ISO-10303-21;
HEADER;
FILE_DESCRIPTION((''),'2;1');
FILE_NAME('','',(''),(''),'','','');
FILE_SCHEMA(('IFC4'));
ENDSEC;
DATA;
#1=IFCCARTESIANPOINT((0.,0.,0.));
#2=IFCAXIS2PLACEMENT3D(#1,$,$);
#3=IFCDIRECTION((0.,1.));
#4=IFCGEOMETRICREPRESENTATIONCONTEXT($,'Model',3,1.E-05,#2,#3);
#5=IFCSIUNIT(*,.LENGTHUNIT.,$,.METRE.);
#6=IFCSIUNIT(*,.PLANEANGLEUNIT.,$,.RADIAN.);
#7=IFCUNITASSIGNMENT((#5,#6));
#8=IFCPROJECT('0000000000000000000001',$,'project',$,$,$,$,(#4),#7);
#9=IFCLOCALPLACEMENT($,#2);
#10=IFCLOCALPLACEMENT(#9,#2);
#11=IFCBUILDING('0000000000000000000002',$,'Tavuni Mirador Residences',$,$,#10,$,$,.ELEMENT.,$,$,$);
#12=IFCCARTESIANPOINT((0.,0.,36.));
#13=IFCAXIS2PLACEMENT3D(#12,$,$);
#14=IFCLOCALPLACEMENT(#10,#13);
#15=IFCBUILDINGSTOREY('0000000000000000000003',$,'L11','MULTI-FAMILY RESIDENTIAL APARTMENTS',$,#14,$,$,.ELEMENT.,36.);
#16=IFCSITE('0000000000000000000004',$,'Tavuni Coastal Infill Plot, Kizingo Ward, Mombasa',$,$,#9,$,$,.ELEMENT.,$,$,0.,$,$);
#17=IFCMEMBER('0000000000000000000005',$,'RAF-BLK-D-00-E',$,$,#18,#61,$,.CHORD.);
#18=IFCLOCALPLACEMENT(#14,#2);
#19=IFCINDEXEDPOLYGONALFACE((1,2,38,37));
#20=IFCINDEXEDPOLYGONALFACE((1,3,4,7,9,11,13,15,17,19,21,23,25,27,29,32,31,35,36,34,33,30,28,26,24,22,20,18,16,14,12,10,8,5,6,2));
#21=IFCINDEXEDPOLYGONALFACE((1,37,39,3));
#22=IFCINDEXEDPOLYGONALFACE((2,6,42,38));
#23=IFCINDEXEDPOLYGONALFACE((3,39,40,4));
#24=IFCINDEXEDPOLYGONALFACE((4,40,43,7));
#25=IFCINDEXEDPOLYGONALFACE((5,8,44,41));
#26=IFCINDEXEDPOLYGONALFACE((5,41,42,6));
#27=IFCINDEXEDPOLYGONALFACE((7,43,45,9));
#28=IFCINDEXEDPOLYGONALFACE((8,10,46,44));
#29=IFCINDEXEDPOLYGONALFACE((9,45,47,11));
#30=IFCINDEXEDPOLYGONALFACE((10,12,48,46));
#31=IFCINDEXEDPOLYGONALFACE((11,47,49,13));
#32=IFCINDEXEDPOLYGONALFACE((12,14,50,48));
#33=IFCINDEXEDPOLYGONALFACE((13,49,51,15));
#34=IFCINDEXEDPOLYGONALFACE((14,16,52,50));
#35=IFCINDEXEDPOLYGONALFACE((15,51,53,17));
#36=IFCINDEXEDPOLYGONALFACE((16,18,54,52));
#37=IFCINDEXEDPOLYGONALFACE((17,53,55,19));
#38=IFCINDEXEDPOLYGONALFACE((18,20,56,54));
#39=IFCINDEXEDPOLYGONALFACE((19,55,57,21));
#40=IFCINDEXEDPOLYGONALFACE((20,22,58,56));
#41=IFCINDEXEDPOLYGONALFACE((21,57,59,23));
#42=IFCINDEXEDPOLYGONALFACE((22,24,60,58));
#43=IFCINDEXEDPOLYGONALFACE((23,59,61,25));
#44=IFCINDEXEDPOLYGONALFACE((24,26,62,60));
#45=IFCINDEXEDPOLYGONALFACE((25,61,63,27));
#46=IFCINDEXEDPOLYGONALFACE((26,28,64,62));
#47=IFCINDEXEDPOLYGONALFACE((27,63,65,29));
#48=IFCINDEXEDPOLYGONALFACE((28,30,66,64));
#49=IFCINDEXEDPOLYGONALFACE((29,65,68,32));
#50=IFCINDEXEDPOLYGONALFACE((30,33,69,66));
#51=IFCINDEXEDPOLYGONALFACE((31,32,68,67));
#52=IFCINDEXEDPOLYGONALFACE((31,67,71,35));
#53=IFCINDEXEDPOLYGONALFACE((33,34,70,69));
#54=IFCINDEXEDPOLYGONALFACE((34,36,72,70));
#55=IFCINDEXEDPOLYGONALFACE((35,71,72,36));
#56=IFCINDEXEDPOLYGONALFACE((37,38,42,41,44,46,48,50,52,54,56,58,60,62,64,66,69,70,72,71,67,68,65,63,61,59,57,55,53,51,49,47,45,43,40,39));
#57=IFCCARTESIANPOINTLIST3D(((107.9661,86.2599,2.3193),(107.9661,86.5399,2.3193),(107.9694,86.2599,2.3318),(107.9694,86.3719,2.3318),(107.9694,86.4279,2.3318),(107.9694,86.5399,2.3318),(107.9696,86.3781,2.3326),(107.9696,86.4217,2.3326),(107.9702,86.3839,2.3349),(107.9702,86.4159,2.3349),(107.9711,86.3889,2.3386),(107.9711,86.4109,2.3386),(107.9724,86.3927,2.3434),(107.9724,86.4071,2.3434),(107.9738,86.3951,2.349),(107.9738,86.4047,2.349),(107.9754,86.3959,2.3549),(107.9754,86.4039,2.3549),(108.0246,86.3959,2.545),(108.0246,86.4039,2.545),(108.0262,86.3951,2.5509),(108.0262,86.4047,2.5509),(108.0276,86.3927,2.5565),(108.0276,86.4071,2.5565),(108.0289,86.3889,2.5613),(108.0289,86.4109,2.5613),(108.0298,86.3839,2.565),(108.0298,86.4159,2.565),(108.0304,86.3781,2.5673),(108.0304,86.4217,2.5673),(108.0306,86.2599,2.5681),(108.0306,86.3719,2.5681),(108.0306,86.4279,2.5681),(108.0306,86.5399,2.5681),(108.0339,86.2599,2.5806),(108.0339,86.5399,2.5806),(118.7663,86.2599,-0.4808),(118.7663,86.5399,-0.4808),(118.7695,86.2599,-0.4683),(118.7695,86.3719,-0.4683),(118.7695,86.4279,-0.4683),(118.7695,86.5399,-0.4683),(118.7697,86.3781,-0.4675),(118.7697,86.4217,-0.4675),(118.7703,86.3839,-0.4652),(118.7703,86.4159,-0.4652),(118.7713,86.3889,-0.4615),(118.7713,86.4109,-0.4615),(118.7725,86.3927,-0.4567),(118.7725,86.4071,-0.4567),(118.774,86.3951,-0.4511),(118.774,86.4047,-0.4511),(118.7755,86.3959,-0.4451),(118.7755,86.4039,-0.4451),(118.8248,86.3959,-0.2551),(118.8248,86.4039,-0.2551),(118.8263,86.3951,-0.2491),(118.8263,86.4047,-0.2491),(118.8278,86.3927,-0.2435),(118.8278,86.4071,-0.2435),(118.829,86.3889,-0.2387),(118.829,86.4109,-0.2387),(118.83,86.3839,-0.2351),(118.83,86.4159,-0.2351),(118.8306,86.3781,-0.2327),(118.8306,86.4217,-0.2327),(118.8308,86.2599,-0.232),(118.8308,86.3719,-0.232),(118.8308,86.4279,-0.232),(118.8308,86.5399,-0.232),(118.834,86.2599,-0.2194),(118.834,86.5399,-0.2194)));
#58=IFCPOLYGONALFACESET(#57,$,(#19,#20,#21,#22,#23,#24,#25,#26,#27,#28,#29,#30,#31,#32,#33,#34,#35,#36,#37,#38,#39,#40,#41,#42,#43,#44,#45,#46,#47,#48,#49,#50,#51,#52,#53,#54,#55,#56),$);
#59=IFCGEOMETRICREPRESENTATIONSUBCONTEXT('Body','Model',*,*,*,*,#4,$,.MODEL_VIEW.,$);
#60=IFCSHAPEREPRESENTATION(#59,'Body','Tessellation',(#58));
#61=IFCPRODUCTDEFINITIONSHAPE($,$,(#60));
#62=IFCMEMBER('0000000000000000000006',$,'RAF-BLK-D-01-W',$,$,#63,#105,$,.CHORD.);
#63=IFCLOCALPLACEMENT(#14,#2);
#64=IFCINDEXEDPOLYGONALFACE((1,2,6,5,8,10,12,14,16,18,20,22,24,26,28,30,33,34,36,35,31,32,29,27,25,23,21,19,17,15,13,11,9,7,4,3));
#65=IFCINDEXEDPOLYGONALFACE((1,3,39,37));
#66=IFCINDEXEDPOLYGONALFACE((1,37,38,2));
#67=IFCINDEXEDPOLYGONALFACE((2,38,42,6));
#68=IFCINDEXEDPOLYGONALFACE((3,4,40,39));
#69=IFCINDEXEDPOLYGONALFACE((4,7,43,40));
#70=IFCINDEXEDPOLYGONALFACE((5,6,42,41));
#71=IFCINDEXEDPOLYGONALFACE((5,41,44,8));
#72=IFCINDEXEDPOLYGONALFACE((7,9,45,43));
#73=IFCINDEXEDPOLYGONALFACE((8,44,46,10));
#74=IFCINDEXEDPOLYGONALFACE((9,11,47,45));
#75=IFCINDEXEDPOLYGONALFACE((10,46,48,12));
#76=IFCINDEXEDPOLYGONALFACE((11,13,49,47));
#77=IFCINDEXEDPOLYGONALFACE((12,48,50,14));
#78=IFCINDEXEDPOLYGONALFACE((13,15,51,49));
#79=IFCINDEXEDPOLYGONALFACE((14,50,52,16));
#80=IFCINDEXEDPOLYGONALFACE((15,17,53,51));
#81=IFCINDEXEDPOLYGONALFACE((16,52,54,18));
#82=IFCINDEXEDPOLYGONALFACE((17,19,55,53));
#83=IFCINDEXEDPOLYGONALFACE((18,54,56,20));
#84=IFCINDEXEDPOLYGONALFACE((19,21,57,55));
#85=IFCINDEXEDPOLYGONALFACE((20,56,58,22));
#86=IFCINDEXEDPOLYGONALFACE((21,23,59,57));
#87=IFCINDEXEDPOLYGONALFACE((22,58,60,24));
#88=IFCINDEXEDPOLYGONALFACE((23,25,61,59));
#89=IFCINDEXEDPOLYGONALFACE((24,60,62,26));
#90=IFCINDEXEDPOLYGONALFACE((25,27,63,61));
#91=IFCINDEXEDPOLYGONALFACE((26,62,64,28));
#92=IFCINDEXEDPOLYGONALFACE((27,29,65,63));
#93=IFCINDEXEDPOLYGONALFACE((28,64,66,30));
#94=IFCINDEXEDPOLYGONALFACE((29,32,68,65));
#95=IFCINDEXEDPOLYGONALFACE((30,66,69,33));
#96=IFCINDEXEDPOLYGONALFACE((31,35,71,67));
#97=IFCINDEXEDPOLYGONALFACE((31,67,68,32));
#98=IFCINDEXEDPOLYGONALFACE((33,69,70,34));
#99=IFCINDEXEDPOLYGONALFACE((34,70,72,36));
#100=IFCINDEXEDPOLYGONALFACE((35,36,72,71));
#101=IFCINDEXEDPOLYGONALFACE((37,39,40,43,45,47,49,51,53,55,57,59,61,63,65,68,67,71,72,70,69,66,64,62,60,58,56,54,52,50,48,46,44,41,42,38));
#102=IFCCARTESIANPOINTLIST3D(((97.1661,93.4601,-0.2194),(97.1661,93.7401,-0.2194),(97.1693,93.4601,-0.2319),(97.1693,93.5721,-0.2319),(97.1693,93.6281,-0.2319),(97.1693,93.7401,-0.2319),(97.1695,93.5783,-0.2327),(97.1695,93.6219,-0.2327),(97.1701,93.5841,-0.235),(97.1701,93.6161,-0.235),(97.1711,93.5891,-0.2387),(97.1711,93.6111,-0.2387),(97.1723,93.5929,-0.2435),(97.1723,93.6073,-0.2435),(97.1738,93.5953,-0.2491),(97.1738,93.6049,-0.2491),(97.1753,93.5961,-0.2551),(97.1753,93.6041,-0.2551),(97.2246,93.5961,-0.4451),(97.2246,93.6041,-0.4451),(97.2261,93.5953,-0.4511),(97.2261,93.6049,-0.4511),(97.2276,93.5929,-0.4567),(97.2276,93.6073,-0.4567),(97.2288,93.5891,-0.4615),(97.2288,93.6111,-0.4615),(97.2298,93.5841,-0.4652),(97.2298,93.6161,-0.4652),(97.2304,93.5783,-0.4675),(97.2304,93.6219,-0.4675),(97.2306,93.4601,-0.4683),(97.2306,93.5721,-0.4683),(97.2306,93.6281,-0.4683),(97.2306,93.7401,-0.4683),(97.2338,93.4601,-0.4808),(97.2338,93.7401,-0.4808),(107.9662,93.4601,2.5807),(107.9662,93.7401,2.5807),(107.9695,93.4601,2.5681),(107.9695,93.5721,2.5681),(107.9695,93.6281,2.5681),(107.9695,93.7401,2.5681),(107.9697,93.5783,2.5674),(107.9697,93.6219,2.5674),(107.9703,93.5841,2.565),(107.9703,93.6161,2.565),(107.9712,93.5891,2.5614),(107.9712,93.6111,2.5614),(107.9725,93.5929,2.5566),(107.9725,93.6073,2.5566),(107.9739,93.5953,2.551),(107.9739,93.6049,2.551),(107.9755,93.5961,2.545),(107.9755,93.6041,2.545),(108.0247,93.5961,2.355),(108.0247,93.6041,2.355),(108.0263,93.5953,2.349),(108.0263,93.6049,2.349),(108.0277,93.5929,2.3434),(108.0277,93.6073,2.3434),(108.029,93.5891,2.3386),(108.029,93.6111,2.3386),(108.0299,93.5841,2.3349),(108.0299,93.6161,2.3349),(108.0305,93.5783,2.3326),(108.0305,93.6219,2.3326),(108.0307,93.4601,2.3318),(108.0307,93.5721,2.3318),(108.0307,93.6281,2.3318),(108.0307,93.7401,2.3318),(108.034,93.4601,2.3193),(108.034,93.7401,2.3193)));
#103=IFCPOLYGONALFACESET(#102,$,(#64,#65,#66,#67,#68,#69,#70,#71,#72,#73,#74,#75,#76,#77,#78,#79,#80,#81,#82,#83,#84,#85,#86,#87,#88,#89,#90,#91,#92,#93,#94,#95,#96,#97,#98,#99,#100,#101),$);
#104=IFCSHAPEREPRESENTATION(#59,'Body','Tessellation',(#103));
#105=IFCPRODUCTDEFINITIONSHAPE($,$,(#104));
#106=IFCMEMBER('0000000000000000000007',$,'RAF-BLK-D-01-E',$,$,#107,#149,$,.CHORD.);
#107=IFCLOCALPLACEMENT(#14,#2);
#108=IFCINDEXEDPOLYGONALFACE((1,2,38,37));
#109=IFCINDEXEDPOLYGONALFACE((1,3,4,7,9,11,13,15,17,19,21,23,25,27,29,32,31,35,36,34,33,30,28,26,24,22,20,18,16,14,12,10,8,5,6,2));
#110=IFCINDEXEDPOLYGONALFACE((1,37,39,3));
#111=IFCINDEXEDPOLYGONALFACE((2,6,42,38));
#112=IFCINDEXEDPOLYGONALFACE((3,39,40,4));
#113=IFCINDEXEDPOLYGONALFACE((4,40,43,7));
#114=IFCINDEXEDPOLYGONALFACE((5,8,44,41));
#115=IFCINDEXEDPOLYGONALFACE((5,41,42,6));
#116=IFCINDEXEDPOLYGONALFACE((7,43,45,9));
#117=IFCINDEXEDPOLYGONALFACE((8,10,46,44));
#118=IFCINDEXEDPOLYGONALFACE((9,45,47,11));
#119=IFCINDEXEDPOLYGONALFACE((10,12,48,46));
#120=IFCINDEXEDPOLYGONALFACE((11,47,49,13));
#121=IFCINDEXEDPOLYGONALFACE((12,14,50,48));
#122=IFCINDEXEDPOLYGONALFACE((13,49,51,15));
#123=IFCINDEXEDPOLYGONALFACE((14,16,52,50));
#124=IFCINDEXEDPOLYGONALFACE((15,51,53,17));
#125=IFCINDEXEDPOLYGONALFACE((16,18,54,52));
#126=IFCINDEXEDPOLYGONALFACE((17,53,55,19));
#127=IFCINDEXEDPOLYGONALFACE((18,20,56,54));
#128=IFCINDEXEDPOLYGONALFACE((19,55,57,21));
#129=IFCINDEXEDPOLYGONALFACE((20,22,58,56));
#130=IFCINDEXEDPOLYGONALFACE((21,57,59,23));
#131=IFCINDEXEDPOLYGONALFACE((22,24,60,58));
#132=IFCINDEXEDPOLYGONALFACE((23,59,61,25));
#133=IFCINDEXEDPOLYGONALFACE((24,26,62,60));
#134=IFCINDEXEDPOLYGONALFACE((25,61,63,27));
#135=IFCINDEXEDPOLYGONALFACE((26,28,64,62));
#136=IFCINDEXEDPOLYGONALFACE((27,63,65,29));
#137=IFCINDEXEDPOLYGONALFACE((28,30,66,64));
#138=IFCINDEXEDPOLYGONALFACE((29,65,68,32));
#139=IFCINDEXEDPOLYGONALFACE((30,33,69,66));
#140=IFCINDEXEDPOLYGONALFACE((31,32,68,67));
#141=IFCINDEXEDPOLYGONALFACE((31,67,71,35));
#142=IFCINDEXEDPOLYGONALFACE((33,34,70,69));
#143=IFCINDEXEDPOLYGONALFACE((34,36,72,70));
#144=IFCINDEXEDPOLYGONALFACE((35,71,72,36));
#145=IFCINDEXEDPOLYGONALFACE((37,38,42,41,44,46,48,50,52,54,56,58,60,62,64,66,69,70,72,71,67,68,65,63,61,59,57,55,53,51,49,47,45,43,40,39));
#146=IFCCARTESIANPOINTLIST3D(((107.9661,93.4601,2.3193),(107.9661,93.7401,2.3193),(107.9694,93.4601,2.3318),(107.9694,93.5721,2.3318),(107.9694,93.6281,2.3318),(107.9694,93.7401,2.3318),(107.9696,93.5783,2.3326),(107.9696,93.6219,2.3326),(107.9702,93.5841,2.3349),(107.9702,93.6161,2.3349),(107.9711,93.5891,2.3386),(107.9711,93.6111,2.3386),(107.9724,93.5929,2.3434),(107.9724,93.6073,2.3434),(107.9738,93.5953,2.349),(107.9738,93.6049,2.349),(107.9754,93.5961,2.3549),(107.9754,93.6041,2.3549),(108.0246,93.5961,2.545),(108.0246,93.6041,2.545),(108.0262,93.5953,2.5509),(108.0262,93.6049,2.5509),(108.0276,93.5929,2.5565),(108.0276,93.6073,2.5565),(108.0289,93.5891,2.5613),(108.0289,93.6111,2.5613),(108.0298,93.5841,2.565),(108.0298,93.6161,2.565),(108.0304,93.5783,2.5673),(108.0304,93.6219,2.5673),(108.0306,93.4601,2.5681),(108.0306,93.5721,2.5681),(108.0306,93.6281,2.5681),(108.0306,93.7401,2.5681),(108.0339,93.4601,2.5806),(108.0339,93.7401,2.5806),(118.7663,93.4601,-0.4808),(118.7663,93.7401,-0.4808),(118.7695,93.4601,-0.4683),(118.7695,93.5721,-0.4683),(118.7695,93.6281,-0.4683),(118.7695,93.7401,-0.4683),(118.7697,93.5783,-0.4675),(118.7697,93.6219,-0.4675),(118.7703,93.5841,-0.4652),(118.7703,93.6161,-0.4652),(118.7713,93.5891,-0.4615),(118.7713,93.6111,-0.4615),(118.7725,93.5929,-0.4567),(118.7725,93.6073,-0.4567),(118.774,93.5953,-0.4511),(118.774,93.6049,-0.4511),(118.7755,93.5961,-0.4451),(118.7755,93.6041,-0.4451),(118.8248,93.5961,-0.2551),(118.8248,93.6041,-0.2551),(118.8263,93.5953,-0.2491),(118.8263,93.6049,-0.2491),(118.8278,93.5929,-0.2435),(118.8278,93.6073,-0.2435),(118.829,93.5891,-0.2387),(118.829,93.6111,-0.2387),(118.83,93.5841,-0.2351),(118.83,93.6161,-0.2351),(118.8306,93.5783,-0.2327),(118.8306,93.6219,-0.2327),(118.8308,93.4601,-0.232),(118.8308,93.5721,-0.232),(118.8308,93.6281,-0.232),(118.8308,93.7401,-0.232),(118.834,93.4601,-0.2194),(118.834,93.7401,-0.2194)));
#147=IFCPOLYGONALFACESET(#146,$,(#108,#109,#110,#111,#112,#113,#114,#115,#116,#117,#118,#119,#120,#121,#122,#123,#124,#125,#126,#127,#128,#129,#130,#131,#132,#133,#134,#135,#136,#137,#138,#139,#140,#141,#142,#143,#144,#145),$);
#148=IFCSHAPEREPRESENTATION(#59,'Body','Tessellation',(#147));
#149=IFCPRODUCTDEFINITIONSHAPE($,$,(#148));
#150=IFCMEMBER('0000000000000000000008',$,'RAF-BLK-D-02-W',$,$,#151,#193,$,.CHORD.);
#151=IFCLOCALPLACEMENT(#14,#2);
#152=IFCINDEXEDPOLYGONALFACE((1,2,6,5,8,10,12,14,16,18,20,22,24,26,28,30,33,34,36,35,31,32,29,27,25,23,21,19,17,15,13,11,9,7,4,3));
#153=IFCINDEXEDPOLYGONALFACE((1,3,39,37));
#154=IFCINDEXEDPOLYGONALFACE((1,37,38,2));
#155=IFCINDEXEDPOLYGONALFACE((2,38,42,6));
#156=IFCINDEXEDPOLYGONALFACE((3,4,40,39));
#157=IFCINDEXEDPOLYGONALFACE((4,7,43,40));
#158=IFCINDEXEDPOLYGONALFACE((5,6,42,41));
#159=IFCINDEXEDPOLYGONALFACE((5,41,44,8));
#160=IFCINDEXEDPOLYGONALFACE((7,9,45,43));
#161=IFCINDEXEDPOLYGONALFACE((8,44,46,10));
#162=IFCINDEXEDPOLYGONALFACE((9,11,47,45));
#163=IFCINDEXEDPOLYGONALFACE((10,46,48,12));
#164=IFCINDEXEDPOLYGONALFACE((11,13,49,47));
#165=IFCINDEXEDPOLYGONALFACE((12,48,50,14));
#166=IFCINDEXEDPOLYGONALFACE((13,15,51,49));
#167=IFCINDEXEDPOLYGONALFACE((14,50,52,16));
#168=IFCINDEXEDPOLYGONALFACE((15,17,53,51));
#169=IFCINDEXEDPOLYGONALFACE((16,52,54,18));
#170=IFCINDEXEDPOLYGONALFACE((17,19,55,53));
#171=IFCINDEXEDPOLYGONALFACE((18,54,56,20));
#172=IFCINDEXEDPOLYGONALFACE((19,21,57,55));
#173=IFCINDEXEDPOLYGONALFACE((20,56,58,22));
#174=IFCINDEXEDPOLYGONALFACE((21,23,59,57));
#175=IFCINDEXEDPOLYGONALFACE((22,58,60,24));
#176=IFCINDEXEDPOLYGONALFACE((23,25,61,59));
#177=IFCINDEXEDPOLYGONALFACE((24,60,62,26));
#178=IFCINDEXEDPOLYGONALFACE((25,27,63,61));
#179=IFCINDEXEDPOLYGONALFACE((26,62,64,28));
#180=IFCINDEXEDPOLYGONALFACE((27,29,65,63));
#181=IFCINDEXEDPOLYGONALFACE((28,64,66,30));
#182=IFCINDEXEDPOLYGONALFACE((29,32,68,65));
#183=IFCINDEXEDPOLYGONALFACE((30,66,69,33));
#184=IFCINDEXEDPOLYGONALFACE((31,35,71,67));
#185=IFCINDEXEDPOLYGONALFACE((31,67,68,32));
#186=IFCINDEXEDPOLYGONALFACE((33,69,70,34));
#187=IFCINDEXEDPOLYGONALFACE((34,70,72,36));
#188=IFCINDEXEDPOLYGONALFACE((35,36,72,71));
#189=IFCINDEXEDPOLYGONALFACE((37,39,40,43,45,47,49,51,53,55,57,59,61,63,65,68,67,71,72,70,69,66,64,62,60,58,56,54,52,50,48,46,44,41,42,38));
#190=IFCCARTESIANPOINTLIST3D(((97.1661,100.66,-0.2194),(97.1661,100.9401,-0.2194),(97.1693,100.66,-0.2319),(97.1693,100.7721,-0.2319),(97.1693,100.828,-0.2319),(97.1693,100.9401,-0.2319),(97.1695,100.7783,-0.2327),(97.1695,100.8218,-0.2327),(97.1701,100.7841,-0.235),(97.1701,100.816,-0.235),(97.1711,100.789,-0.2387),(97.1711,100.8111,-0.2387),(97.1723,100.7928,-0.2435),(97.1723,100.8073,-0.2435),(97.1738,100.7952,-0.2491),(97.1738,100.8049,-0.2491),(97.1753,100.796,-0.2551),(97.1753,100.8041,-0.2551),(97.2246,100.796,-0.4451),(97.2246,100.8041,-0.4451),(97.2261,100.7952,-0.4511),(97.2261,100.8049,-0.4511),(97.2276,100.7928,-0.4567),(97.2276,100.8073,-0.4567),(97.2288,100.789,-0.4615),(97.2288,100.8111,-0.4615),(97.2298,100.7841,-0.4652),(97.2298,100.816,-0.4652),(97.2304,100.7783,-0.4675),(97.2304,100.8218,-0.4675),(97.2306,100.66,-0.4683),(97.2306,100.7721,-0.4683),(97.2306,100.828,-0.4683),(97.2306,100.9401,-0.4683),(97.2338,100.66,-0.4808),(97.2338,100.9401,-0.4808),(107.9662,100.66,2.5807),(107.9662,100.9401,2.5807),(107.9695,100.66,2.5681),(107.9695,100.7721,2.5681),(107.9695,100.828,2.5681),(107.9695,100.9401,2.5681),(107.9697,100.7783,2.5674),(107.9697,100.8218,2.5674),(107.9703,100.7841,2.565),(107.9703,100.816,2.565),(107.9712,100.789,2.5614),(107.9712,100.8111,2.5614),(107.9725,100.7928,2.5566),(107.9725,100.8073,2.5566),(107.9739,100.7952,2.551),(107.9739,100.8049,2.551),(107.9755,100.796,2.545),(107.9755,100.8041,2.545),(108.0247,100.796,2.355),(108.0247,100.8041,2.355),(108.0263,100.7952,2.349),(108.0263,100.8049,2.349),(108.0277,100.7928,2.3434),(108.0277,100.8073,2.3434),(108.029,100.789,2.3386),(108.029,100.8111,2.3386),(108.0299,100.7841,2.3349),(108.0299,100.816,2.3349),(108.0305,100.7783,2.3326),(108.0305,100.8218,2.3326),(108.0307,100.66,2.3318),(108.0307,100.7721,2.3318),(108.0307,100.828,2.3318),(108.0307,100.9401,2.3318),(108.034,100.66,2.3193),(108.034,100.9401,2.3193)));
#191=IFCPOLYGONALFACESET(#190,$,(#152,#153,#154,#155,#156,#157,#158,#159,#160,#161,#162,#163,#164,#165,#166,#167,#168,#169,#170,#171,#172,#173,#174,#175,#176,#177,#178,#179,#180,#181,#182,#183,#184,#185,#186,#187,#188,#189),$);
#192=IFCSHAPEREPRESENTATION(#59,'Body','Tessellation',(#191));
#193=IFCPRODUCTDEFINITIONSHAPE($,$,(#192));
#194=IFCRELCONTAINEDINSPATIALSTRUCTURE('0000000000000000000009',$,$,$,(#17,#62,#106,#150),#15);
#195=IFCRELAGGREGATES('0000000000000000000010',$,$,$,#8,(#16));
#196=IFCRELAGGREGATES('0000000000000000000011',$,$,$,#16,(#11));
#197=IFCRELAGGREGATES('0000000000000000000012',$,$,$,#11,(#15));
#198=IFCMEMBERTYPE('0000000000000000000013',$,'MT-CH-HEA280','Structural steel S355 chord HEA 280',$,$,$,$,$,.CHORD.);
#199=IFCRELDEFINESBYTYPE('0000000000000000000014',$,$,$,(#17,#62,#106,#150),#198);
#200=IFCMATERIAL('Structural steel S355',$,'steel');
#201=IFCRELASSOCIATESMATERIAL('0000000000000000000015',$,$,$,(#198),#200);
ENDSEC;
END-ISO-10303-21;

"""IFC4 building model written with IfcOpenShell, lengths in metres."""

from ifc_helpers import new_model, si_unit, direction, frame, origin, origin_2d, place, context, subcontext, project, spatial, i_section, extrude, material, material_profile, profile_set, type_object, element, save


model = new_model("IFC4")

# Units and contexts
model_context = context("Model", 3, precision=1e-05, world=origin(), true_north=direction((0.0, 1.0)))
body_context = subcontext(model_context, "Body", "Model", "MODEL_VIEW")
ifc_project = project(units=[si_unit("LENGTHUNIT", "METRE"), si_unit("PLANEANGLEUNIT", "RADIAN")], contexts=[model_context])

# Site, building, storey
site_placement = place(None, origin())
site = spatial("IfcSite", under=ifc_project, at=site_placement, Name="Tavuni Coastal Infill Plot, Kizingo Ward, Mombasa", CompositionType="ELEMENT", RefElevation=0.0)
building_placement = place(site_placement, origin())
building = spatial("IfcBuilding", under=site, at=building_placement, Name="Tavuni Mirador Residences", CompositionType="ELEMENT")
storey_placement = place(building_placement, frame((0.0, 0.0, 36.0)))
storey = spatial("IfcBuildingStorey", under=building, at=storey_placement, Name="L11", Description="MULTI-FAMILY RESIDENTIAL APARTMENTS", CompositionType="ELEMENT", Elevation=36.0)

# Members
ifc_material_1 = material(Name="Structural steel S355", Category="steel")
ifc_material_profile_1 = material_profile(ifc_material_1, i_section(OverallWidth=0.28, OverallDepth=0.27, WebThickness=0.0081, FlangeThickness=0.0129, FilletRadius=0.0239, at=origin_2d()), Name="HEA 280", Category="steel")
ifc_profile_set_1 = profile_set([ifc_material_profile_1], Name="Structural steel S355")
member_type_1 = type_object("IfcMemberType", Name="MT-CH-HEA280", Description="Structural steel S355 chord HEA 280", PredefinedType="CHORD", material=ifc_profile_set_1)
for number, where, z_axis, x_axis, name in (
    (1, (108.0, 86.3999, 2.45), (0.967996, 0.0, -0.250965), (0.0, 1.0, 0.0), "RAF-BLK-D-00-E"),
    (2, (97.2, 93.6001, -0.3501), (0.967996, 0.0, 0.250965), (0.0, 1.0, 0.0), "RAF-BLK-D-01-W"),
    (3, (108.0, 93.6001, 2.45), (0.967996, 0.0, -0.250965), (0.0, 1.0, 0.0), "RAF-BLK-D-01-E"),
    (4, (97.2, 100.8, -0.3501), (0.967996, 0.0, 0.250965), (0.0, 1.0, 0.0), "RAF-BLK-D-02-W"),
):
    element("IfcMember", number, at=place(storey_placement, frame(where, z_axis=z_axis, x_axis=x_axis)), inside=storey, type_object=member_type_1, Name=name, PredefinedType="CHORD", context=body_context, shape_type="SweptSolid", body=[
        extrude(i_section(OverallWidth=0.28, OverallDepth=0.27, WebThickness=0.0081, FlangeThickness=0.0129, FilletRadius=0.0239, at=origin_2d()), origin(), (0.0, 0.0, 1.0), 11.1572),
    ])

save(model, "model.ifc")
